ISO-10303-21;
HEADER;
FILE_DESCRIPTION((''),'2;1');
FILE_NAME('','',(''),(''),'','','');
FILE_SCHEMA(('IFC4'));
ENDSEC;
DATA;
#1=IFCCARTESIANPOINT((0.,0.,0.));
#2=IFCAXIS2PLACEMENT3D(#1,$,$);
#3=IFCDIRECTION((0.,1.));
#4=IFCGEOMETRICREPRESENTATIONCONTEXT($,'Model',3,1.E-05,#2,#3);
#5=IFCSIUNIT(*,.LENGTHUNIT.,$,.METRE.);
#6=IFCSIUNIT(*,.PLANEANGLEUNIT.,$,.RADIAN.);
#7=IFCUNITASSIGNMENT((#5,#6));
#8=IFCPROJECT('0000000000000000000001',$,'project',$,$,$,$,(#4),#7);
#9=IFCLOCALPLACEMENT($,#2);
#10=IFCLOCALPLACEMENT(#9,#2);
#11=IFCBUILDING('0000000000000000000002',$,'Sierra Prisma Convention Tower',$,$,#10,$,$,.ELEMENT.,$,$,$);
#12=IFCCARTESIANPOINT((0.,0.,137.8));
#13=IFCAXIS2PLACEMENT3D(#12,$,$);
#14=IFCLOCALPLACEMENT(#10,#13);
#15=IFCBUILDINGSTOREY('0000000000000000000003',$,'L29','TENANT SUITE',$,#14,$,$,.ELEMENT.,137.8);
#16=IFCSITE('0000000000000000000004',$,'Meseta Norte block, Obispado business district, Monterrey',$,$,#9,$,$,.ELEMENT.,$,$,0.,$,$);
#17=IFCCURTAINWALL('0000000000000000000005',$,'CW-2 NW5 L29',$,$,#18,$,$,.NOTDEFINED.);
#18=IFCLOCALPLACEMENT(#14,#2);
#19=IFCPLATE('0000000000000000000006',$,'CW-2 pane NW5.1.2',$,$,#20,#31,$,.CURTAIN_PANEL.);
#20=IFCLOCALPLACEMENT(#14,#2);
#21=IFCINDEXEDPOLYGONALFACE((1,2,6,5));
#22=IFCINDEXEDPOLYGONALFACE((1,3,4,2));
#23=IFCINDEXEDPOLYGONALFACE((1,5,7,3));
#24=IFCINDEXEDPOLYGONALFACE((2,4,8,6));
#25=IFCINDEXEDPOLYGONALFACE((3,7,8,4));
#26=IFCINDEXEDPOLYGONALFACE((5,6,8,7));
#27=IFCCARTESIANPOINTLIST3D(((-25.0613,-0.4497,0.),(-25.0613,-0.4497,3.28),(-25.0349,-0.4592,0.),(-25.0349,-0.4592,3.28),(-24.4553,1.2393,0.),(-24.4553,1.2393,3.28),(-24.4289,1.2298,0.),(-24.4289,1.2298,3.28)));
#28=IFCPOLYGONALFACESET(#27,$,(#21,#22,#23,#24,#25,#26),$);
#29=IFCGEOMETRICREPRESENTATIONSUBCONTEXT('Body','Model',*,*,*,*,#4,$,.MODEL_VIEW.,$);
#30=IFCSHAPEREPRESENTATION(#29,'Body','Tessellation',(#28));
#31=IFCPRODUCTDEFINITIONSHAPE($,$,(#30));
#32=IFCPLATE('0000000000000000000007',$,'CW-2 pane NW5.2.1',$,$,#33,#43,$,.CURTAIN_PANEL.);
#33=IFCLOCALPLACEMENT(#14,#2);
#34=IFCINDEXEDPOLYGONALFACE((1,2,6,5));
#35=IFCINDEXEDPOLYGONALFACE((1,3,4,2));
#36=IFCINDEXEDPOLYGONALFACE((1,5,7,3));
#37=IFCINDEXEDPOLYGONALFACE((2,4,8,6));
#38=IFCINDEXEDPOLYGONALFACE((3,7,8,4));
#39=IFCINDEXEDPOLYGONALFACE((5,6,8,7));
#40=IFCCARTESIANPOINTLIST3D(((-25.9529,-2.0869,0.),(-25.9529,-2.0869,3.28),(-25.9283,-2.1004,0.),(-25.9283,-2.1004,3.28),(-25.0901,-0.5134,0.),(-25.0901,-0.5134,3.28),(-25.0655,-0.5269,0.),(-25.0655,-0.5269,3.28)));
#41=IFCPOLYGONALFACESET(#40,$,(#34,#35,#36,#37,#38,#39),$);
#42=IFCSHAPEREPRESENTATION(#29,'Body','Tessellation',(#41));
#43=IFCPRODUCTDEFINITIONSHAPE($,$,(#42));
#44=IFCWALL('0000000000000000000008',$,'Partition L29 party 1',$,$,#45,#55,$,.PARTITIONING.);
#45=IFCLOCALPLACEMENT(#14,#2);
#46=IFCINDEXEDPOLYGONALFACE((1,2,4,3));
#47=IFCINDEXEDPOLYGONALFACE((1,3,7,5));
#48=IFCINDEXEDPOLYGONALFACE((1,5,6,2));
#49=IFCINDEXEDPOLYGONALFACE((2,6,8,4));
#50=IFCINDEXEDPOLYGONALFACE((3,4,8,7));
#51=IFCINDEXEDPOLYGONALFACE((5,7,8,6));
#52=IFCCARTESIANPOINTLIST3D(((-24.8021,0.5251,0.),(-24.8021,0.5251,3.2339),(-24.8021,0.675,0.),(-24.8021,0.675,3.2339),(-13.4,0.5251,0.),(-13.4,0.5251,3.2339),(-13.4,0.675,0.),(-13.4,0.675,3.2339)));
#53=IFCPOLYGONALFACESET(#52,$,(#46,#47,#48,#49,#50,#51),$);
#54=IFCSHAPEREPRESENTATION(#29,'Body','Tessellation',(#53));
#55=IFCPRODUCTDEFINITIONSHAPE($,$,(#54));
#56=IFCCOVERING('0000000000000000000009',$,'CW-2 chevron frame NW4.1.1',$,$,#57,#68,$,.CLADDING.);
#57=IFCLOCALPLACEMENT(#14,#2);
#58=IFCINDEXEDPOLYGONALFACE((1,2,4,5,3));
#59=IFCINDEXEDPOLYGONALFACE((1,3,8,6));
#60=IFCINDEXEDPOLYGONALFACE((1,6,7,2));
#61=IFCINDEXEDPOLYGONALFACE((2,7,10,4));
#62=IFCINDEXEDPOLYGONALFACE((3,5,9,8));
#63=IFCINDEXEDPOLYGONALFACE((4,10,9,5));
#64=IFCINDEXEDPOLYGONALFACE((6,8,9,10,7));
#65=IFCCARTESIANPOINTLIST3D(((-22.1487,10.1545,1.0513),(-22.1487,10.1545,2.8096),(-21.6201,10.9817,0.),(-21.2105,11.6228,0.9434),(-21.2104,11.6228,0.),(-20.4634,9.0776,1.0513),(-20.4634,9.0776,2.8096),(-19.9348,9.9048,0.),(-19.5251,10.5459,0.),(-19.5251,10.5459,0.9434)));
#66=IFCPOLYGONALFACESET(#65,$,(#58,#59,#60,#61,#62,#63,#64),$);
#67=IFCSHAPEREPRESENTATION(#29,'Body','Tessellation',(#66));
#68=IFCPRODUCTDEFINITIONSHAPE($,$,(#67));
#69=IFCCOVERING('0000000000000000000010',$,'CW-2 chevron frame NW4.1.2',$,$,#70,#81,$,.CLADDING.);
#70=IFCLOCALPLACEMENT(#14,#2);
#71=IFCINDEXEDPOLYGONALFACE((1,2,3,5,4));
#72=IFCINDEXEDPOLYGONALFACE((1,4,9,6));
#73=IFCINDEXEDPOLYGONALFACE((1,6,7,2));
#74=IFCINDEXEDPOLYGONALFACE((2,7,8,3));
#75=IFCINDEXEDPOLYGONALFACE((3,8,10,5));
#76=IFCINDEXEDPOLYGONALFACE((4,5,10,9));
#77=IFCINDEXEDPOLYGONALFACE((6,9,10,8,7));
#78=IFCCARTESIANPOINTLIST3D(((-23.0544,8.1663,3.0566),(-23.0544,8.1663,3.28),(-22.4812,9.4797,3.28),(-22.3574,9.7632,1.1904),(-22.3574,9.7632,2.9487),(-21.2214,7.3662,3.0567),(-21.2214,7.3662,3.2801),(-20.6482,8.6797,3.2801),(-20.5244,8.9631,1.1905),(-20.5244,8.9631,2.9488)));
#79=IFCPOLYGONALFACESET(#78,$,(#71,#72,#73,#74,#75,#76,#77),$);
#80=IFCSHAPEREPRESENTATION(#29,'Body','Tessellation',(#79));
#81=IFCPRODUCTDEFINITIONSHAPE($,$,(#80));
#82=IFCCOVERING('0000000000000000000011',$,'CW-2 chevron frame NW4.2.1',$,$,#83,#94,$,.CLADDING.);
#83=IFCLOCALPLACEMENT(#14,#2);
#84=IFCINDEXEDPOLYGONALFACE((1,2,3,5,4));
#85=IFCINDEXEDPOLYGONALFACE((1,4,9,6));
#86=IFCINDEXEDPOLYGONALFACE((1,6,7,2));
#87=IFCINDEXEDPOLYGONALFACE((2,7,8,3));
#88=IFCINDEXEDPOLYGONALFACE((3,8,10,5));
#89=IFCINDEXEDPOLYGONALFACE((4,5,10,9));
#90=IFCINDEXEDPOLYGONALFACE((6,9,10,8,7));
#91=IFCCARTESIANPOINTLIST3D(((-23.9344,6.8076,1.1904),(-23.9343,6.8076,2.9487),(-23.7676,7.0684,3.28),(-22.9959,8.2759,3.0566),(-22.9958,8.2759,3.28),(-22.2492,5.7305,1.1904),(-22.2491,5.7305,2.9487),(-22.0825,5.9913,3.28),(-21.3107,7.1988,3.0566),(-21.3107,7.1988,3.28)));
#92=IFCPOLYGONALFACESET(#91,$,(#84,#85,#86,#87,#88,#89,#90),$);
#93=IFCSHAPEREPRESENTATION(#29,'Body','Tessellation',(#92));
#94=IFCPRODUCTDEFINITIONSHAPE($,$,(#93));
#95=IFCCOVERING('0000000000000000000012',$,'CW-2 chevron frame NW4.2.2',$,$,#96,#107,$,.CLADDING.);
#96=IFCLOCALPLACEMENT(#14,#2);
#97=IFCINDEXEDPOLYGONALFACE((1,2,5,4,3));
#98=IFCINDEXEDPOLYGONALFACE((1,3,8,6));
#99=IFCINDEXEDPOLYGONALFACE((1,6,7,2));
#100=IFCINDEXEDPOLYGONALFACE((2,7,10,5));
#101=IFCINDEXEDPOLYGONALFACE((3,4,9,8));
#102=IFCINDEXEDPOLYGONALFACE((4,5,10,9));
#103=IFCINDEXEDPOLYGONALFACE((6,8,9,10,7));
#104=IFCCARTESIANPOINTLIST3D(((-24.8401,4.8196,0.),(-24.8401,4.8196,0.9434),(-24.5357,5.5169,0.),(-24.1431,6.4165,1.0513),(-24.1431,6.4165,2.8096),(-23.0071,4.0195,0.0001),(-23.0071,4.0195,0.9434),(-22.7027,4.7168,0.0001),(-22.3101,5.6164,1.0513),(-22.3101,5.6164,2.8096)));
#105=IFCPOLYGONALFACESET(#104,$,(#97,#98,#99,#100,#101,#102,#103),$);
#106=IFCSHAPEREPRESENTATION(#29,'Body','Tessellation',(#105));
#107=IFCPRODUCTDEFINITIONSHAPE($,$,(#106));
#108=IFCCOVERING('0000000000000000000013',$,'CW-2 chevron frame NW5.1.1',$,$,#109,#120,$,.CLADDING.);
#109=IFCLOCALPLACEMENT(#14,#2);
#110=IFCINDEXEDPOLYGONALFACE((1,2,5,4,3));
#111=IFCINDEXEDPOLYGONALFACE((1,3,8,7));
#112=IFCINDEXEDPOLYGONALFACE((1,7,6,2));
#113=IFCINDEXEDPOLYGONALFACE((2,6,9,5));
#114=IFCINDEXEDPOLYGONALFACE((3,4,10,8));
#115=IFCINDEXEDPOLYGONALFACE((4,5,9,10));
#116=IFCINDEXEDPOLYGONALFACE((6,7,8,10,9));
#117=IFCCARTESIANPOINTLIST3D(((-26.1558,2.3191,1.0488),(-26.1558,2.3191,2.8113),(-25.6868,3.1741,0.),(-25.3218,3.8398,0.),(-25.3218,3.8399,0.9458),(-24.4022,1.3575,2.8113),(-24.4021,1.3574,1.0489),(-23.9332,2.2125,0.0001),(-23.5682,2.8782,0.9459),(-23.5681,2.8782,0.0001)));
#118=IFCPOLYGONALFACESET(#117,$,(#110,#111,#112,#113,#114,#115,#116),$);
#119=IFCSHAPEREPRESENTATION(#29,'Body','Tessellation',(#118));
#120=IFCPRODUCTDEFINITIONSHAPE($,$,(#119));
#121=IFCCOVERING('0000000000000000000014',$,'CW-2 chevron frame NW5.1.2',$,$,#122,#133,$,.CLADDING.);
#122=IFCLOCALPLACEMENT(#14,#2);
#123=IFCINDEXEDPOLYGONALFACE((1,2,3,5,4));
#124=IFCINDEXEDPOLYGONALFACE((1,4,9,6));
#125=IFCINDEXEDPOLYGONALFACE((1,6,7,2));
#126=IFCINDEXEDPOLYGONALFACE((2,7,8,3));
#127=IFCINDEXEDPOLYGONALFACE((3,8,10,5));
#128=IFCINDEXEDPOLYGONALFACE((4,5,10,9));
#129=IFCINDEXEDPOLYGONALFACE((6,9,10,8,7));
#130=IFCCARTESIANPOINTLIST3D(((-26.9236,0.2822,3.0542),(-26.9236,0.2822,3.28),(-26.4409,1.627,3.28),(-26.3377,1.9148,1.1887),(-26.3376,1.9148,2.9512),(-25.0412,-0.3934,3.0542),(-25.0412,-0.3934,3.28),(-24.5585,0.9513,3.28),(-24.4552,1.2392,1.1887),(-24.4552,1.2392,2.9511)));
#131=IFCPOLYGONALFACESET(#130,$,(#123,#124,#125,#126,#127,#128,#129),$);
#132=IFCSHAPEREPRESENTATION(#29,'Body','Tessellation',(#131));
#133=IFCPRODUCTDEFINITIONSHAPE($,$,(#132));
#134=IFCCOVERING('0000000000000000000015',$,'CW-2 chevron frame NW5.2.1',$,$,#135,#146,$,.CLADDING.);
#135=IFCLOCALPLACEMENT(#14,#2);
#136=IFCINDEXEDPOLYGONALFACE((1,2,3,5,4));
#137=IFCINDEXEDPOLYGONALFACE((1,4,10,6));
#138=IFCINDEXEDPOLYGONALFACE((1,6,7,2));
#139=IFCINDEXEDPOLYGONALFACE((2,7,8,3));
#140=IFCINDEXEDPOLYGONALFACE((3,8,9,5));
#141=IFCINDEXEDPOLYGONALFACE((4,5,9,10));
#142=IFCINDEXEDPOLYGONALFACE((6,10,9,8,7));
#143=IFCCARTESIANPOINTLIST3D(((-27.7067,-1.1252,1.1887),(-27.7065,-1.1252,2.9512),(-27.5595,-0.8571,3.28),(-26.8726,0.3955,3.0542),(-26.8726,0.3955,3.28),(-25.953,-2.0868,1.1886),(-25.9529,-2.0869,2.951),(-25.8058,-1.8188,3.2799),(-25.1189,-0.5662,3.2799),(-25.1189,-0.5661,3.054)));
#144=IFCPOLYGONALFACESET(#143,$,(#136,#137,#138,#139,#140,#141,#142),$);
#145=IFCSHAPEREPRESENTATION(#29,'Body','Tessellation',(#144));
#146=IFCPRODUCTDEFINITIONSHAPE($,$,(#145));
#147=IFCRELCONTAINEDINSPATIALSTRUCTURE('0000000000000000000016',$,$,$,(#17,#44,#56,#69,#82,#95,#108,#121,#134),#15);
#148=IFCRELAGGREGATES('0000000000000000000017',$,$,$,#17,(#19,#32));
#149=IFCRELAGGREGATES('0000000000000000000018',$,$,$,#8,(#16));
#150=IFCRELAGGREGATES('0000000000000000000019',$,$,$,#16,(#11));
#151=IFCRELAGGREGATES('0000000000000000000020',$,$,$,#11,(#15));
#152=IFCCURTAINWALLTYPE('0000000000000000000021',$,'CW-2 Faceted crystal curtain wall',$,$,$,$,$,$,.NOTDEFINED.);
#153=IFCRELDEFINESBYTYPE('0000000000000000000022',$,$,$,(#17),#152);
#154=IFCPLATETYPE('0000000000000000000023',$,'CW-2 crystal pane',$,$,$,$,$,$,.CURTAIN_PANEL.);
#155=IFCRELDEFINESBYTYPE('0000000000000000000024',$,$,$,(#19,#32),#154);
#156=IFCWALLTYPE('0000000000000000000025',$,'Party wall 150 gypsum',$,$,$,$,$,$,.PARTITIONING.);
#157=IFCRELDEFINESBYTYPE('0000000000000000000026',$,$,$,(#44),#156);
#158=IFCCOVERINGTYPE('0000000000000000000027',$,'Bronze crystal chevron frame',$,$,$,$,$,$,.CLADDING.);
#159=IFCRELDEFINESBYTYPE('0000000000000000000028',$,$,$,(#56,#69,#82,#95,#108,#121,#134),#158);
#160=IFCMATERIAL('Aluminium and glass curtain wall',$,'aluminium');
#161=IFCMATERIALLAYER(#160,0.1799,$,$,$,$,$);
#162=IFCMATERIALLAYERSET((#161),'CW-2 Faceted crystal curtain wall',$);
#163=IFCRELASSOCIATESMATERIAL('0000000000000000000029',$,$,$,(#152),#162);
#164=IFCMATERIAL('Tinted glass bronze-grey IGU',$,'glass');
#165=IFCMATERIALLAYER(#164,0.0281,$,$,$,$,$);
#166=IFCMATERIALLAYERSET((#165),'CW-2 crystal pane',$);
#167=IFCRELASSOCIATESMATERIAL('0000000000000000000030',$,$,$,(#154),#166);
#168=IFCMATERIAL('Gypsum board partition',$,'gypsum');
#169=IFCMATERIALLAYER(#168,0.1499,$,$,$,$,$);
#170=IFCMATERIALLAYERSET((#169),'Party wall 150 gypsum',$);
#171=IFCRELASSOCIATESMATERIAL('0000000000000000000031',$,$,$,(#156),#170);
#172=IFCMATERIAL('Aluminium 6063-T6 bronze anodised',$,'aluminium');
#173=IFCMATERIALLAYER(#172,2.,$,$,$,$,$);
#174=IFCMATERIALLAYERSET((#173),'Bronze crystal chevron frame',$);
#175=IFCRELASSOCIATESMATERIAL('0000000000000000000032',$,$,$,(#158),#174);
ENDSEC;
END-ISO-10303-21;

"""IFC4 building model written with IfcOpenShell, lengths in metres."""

from ifc_helpers import new_model, si_unit, direction, frame, frame_2d, origin, place, context, subcontext, project, spatial, polyline, rectangle, outline, extrude, material, layer, layer_set, type_object, element, aggregate, save


model = new_model("IFC4")

# Units and contexts
model_context = context("Model", 3, precision=1e-05, world=origin(), true_north=direction((0.0, 1.0)))
body_context = subcontext(model_context, "Body", "Model", "MODEL_VIEW")
ifc_project = project(units=[si_unit("LENGTHUNIT", "METRE"), si_unit("PLANEANGLEUNIT", "RADIAN")], contexts=[model_context])

# Site, building, storey
site_placement = place(None, origin())
site = spatial("IfcSite", under=ifc_project, at=site_placement, Name="Meseta Norte block, Obispado business district, Monterrey", CompositionType="ELEMENT", RefElevation=0.0)
building_placement = place(site_placement, origin())
building = spatial("IfcBuilding", under=site, at=building_placement, Name="Sierra Prisma Convention Tower", CompositionType="ELEMENT")
storey_placement = place(building_placement, frame((0.0, 0.0, 137.8)))
storey = spatial("IfcBuildingStorey", under=building, at=storey_placement, Name="L29", Description="TENANT SUITE", CompositionType="ELEMENT", Elevation=137.8)

# Shared definitions
ifc_material_1 = material(Name="Aluminium and glass curtain wall", Category="aluminium")
ifc_layer_1 = layer(ifc_material_1, 0.1799)
ifc_layer_set_1 = layer_set([ifc_layer_1], Name="CW-2 Faceted crystal curtain wall")
curtain_wall_type = type_object("IfcCurtainWallType", Name="CW-2 Faceted crystal curtain wall", PredefinedType="NOTDEFINED", material=ifc_layer_set_1)

# Curtain wall
curtain_wall_1_placement = place(storey_placement, origin())
curtain_wall_1 = element("IfcCurtainWall", 1, at=curtain_wall_1_placement, inside=storey, type_object=curtain_wall_type, Name="CW-2 NW5 L29", PredefinedType="NOTDEFINED")

# Shared definitions
ifc_material_2 = material(Name="Tinted glass bronze-grey IGU", Category="glass")
ifc_layer_2 = layer(ifc_material_2, 0.0281)
ifc_layer_set_2 = layer_set([ifc_layer_2], Name="CW-2 crystal pane")
plate_type = type_object("IfcPlateType", Name="CW-2 crystal pane", PredefinedType="CURTAIN_PANEL", material=ifc_layer_set_2)

# Plates
plate_1_placement = place(storey_placement, frame((-25.0613, -0.4497, 0.0), z_axis=(-0.941255, 0.337698, 0.0), x_axis=(0.337698, 0.941255, 0.0)))
plate_1 = element("IfcPlate", 2, at=plate_1_placement, type_object=plate_type, Name="CW-2 pane NW5.1.2", PredefinedType="CURTAIN_PANEL", context=body_context, shape_type="SweptSolid", body=[
    extrude(outline(polyline([(0.0, 0.0), (1.7944, 0.0), (1.7944, -3.28), (0.0, -3.28), (0.0, 0.0)])), origin(), (0.0, 0.0, -1.0), 0.0281),
])
plate_2_placement = place(storey_placement, frame((-25.0901, -0.5134, 0.0), z_axis=(-0.876833, 0.480795, 0.0), x_axis=(-0.480795, -0.876833, 0.0)))
plate_2 = element("IfcPlate", 3, at=plate_2_placement, type_object=plate_type, Name="CW-2 pane NW5.2.1", PredefinedType="CURTAIN_PANEL", context=body_context, shape_type="SweptSolid", body=[
    extrude(outline(polyline([(0.0, 0.0), (1.7945, 0.0), (1.7945, 3.28), (0.0, 3.28), (0.0, 0.0)])), origin(), (0.0, 0.0, -1.0), 0.0281),
])
aggregate(curtain_wall_1, [plate_1, plate_2])

# Wall
ifc_material_3 = material(Name="Gypsum board partition", Category="gypsum")
ifc_layer_3 = layer(ifc_material_3, 0.1499)
ifc_layer_set_3 = layer_set([ifc_layer_3], Name="Party wall 150 gypsum")
wall_type = type_object("IfcWallType", Name="Party wall 150 gypsum", PredefinedType="PARTITIONING", material=ifc_layer_set_3)
wall_placement = place(storey_placement, frame((-13.3999, 0.6001, 0.0), z_axis=(0.0, 0.0, 1.0), x_axis=(-1.0, 0.0, 0.0)))
element("IfcWall", 4, at=wall_placement, inside=storey, type_object=wall_type, Name="Partition L29 party 1", PredefinedType="PARTITIONING", context=body_context, shape_type="SweptSolid", body=[
    extrude(rectangle(XDim=11.4021, YDim=0.1499, at=frame_2d((5.7012, 0.0))), origin(), (0.0, 0.0, 1.0), 3.2339),
])

# Coverings
ifc_material_4 = material(Name="Aluminium 6063-T6 bronze anodised", Category="aluminium")
ifc_layer_4 = layer(ifc_material_4, 2.0)
ifc_layer_set_4 = layer_set([ifc_layer_4], Name="Bronze crystal chevron frame")
covering_type = type_object("IfcCoveringType", Name="Bronze crystal chevron frame", PredefinedType="CLADDING", material=ifc_layer_set_4)
covering_1_placement = place(storey_placement, frame((-21.2104, 11.6228, 0.0), z_axis=(-0.842651, 0.53846, -0.000002), x_axis=(-0.53846, -0.842651, 0.0)))
element("IfcCovering", 5, at=covering_1_placement, inside=storey, type_object=covering_type, Name="CW-2 chevron frame NW4.1.1", PredefinedType="CLADDING", context=body_context, shape_type="SweptSolid", body=[
    extrude(outline(polyline([(0.0, 0.0), (0.7608, 0.0), (1.7424, 1.0513), (1.7424, 2.8096), (0.0, 0.9434), (0.0, 0.0)])), origin(), (0.0, 0.0, -1.0), 2.0),
])
covering_2_placement = place(storey_placement, frame((-22.3574, 9.7632, 2.9487), z_axis=(-0.916503, 0.400028, -0.000025), x_axis=(0.000023, -0.00001, -1.0)))
element("IfcCovering", 6, at=covering_2_placement, inside=storey, type_object=covering_type, Name="CW-2 chevron frame NW4.1.2", PredefinedType="CLADDING", context=body_context, shape_type="SweptSolid", body=[
    extrude(outline(polyline([(0.0, 0.0), (1.7583, 0.0), (-0.1079, 1.7424), (-0.3313, 1.7424), (-0.3313, 0.3093), (0.0, 0.0)])), origin(), (0.0, 0.0, -1.0), 2.0),
])
covering_3_placement = place(storey_placement, frame((-22.9958, 8.2759, 3.28), z_axis=(-0.84259, 0.538555, 0.000033), x_axis=(-0.000028, 0.000018, -1.0)))
element("IfcCovering", 7, at=covering_3_placement, inside=storey, type_object=covering_type, Name="CW-2 chevron frame NW4.2.1", PredefinedType="CLADDING", context=body_context, shape_type="SweptSolid", body=[
    extrude(outline(polyline([(0.0, 0.0), (0.2234, 0.0), (2.0896, 1.7426), (0.3313, 1.7426), (0.0, 1.4331), (0.0, 0.0)])), origin(), (0.0, 0.0, -1.0), 2.0),
])
covering_4_placement = place(storey_placement, frame((-24.8401, 4.8196, 0.0), z_axis=(-0.916494, 0.400049, -0.00003), x_axis=(-0.000027, 0.000012, 1.0)))
element("IfcCovering", 8, at=covering_4_placement, inside=storey, type_object=covering_type, Name="CW-2 chevron frame NW4.2.2", PredefinedType="CLADDING", context=body_context, shape_type="SweptSolid", body=[
    extrude(outline(polyline([(0.0, 0.0), (0.9434, 0.0), (2.8096, 1.7424), (1.0513, 1.7424), (0.0, 0.7608), (0.0, 0.0)])), origin(), (0.0, 0.0, -1.0), 2.0),
])
covering_5_placement = place(storey_placement, frame((-25.3218, 3.8398, 0.0), z_axis=(-0.876816, 0.480825, -0.000033), x_axis=(-0.480825, -0.876816, 0.0)))
element("IfcCovering", 9, at=covering_5_placement, inside=storey, type_object=covering_type, Name="CW-2 chevron frame NW5.1.1", PredefinedType="CLADDING", context=body_context, shape_type="SweptSolid", body=[
    extrude(outline(polyline([(0.0, 0.0), (0.7593, 0.0), (1.7344, 1.0488), (1.7344, 2.8113), (0.0, 0.9458), (0.0, 0.0)])), origin(), (0.0, 0.0, -1.0), 2.0),
])
covering_6_placement = place(storey_placement, frame((-26.3376, 1.9148, 2.9512), z_axis=(-0.941214, 0.33781, 0.000015), x_axis=(-0.000014, 0.000005, -1.0)))
element("IfcCovering", 10, at=covering_6_placement, inside=storey, type_object=covering_type, Name="CW-2 chevron frame NW5.1.2", PredefinedType="CLADDING", context=body_context, shape_type="SweptSolid", body=[
    extrude(outline(polyline([(0.0, 0.0), (1.7625, 0.0), (-0.103, 1.7345), (-0.3289, 1.7345), (-0.3289, 0.3058), (0.0, 0.0)])), origin(), (0.0, 0.0, -1.0), 2.0),
])
covering_7_placement = place(storey_placement, frame((-26.8726, 0.3955, 3.28), z_axis=(-0.876814, 0.48083, 0.000081), x_axis=(-0.000071, 0.000039, -1.0)))
element("IfcCovering", 11, at=covering_7_placement, inside=storey, type_object=covering_type, Name="CW-2 chevron frame NW5.2.1", PredefinedType="CLADDING", context=body_context, shape_type="SweptSolid", body=[
    extrude(outline(polyline([(0.0, 0.0), (0.2258, 0.0), (2.0913, 1.7344), (0.3289, 1.7344), (0.0, 1.4286), (0.0, 0.0)])), origin(), (0.0, 0.0, -1.0), 2.0),
])

save(model, "model.ifc")
